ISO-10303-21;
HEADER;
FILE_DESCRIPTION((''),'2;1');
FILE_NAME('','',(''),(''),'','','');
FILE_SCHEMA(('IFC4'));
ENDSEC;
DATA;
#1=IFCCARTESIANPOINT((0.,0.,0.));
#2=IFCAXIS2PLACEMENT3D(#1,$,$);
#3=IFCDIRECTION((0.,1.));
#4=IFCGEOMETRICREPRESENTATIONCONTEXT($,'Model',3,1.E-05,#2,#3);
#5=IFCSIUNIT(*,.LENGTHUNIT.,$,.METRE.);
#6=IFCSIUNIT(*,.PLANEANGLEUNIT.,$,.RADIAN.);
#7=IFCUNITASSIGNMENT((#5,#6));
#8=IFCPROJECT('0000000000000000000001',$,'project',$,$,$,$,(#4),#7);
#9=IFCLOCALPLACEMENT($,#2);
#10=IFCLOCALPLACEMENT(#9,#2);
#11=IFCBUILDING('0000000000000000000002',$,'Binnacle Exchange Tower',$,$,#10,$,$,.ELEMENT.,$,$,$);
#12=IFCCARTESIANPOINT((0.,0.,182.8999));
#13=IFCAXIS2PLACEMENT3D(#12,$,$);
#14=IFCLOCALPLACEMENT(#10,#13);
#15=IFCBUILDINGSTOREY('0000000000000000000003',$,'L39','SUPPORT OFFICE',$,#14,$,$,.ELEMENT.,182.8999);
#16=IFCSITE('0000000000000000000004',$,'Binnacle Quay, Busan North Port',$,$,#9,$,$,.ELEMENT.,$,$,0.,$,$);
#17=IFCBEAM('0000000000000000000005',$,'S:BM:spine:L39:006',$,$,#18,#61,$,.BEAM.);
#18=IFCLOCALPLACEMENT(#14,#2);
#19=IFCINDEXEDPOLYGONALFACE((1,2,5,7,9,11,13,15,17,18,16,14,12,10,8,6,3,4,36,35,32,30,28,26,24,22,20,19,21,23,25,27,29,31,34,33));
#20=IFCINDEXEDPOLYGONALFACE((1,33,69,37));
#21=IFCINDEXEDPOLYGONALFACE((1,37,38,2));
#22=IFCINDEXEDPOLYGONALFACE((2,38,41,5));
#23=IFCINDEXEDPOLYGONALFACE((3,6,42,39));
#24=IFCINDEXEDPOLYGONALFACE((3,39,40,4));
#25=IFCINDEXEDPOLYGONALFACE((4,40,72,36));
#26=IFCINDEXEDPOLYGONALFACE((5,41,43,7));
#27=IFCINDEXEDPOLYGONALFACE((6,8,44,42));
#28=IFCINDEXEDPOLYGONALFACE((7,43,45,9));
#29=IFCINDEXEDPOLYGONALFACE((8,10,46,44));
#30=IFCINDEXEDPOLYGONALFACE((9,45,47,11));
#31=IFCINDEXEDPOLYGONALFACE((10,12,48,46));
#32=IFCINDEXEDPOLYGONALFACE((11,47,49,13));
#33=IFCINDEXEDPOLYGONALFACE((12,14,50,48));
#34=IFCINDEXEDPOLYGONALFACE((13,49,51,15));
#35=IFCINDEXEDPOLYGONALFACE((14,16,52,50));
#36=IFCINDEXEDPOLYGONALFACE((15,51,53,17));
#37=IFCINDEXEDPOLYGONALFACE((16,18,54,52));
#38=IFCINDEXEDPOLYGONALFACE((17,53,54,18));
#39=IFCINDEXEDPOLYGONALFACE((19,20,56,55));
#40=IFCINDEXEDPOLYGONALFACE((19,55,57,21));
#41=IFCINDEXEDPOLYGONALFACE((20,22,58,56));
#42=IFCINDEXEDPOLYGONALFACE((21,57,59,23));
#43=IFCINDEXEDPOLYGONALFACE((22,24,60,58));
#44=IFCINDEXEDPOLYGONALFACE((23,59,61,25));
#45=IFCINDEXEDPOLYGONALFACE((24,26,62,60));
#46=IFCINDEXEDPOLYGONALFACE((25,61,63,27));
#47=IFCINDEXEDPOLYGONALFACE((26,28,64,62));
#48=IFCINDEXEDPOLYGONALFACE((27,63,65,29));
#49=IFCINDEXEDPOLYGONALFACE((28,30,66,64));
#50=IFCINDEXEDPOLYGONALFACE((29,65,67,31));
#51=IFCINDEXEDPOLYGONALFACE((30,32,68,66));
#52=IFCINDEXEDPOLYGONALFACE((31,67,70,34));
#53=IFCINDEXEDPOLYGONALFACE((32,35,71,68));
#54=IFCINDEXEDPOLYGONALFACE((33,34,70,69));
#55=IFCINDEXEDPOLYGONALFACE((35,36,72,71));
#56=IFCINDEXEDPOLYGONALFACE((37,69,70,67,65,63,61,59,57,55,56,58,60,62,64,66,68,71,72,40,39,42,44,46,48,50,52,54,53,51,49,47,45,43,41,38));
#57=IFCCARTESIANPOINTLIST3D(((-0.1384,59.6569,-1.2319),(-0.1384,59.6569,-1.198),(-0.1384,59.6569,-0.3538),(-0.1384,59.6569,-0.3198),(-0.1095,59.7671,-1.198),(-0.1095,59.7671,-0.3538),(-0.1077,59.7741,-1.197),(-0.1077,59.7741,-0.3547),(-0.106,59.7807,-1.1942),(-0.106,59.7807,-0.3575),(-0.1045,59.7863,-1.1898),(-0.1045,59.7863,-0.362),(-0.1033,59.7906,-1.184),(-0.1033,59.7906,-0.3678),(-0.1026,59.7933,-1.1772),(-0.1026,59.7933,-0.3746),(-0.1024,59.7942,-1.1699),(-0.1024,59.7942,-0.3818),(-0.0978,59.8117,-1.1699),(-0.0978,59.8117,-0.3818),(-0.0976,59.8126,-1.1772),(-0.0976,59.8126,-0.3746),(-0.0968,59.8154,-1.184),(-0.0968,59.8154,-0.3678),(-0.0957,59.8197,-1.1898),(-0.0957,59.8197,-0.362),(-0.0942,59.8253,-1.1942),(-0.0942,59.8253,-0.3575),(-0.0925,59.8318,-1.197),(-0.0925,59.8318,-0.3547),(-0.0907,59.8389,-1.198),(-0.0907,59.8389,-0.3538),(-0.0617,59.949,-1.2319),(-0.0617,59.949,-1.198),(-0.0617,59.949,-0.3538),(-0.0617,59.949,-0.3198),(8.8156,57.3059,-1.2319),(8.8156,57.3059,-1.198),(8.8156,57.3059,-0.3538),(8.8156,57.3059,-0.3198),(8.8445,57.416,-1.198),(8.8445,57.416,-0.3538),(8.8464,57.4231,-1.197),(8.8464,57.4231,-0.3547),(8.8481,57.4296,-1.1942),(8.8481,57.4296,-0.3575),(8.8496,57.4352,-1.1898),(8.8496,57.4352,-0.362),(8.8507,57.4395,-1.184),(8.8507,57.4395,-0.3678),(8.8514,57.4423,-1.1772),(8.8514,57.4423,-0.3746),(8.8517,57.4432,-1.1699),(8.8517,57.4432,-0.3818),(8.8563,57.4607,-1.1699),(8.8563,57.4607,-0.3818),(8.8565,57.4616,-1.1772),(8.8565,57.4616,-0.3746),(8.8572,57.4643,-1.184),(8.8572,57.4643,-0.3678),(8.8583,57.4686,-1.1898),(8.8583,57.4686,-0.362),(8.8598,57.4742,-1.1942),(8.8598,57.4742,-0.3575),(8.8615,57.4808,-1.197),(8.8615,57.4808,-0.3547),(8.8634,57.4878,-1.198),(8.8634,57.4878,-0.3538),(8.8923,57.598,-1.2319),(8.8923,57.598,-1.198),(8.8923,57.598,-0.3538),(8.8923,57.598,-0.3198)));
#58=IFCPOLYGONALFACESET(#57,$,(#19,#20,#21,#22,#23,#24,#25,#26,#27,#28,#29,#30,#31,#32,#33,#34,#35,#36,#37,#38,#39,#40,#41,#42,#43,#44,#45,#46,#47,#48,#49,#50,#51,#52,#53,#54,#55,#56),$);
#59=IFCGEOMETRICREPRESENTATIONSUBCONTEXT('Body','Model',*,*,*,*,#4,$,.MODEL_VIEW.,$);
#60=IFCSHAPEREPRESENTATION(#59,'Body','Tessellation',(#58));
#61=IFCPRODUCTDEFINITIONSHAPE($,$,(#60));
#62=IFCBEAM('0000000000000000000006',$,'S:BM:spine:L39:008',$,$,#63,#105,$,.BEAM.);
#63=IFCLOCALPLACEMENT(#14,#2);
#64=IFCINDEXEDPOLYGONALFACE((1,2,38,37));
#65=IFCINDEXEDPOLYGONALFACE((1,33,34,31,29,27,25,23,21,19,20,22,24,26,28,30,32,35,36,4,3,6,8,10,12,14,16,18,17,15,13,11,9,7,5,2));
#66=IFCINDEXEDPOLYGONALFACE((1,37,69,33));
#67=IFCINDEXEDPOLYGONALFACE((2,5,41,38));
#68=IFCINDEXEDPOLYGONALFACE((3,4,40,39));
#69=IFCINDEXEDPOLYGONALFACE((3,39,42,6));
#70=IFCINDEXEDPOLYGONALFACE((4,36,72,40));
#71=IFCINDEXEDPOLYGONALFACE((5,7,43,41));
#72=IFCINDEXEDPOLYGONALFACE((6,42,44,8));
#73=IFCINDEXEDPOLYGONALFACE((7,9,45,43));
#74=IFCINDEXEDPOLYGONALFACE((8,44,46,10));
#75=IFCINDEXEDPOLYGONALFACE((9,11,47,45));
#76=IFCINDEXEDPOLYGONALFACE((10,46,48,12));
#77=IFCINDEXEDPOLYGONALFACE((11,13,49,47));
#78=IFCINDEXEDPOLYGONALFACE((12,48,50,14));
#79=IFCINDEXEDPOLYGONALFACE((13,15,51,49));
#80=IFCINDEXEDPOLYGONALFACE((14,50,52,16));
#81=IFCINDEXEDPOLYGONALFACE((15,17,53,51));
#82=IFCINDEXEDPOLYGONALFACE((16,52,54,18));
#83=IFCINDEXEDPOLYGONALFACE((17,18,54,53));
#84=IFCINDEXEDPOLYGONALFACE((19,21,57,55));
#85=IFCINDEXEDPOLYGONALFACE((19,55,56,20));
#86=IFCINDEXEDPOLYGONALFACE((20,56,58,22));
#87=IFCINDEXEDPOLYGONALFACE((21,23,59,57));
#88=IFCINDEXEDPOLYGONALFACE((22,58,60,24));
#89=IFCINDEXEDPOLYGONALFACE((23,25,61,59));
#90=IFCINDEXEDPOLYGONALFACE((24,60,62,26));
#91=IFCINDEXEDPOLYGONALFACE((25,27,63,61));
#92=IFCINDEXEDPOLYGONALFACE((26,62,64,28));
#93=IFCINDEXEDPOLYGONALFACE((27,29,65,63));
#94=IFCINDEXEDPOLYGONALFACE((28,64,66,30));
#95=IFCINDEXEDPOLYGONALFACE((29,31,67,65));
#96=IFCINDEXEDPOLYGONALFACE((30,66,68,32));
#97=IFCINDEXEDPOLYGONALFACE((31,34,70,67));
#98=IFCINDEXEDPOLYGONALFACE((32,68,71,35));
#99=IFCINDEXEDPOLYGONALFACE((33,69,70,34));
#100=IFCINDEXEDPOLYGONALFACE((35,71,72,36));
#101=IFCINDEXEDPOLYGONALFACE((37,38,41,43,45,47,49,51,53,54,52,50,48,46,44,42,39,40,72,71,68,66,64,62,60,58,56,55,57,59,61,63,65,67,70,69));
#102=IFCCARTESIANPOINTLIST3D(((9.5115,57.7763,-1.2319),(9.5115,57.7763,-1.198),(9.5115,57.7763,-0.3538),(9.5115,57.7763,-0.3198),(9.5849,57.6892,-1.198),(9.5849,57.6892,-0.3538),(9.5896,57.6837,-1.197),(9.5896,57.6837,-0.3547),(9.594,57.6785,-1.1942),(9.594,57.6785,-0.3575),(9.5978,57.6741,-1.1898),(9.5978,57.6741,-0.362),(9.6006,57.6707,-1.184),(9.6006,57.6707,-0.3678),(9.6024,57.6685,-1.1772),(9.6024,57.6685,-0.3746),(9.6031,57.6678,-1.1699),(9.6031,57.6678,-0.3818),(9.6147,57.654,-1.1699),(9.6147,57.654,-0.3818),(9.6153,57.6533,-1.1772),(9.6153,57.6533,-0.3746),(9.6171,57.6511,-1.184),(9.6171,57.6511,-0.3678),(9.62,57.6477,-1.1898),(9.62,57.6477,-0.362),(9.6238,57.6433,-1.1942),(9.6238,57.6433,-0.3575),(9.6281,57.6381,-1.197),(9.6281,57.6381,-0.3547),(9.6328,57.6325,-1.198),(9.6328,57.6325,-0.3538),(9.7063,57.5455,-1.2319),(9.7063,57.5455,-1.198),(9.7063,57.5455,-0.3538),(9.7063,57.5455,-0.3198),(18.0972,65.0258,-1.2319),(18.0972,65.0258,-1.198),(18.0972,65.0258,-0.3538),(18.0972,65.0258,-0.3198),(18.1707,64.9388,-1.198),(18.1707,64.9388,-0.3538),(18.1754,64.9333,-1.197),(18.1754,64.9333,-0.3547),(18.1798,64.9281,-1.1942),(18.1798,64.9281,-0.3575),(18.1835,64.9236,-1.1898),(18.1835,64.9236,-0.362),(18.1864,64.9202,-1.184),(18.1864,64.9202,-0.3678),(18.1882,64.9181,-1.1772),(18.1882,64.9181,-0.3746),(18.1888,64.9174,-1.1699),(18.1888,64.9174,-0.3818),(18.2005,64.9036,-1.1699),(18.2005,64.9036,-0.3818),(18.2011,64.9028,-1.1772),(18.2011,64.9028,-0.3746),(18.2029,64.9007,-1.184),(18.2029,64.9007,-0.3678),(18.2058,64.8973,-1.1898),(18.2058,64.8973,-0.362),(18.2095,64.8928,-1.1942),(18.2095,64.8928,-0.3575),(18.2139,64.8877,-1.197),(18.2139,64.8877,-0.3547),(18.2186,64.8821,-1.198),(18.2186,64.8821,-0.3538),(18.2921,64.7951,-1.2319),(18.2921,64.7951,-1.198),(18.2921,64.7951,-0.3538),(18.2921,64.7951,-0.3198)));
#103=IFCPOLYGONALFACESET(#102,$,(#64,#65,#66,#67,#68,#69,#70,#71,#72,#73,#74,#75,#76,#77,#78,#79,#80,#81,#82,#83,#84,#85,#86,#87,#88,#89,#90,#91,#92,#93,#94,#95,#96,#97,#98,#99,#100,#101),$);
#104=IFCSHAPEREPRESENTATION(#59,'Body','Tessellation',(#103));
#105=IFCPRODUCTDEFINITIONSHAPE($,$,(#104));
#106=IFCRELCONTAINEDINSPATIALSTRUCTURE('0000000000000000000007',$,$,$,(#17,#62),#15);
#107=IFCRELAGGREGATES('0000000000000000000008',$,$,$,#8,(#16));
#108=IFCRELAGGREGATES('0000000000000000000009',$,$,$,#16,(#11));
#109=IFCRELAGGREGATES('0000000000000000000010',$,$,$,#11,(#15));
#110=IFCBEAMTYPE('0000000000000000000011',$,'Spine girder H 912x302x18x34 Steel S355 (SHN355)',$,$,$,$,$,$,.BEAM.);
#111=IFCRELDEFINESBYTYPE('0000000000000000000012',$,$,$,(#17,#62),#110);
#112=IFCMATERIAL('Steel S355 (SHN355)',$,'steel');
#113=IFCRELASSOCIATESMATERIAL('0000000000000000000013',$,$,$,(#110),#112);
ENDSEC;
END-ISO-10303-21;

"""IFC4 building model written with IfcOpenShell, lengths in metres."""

from ifc_helpers import new_model, si_unit, direction, frame, origin, origin_2d, place, context, subcontext, project, spatial, i_section, extrude, material, material_profile, profile_set, type_object, element, save


model = new_model("IFC4")

# Units and contexts
model_context = context("Model", 3, precision=1e-05, world=origin(), true_north=direction((0.0, 1.0)))
body_context = subcontext(model_context, "Body", "Model", "MODEL_VIEW")
ifc_project = project(units=[si_unit("LENGTHUNIT", "METRE"), si_unit("PLANEANGLEUNIT", "RADIAN")], contexts=[model_context])

# Site, building, storey
site_placement = place(None, origin())
site = spatial("IfcSite", under=ifc_project, at=site_placement, Name="Binnacle Quay, Busan North Port", CompositionType="ELEMENT", RefElevation=0.0)
building_placement = place(site_placement, origin())
building = spatial("IfcBuilding", under=site, at=building_placement, Name="Binnacle Exchange Tower", CompositionType="ELEMENT")
storey_placement = place(building_placement, frame((0.0, 0.0, 182.8999)))
storey = spatial("IfcBuildingStorey", under=building, at=storey_placement, Name="L39", Description="SUPPORT OFFICE", CompositionType="ELEMENT", Elevation=182.8999)

# Beams
ifc_material_1 = material(Name="Steel S355 (SHN355)", Category="steel")
ifc_material_profile_1 = material_profile(ifc_material_1, i_section(OverallWidth=0.302, OverallDepth=0.9121, WebThickness=0.0181, FlangeThickness=0.0339, FilletRadius=0.0281, at=origin_2d()), Name="H 912x302x18x34")
ifc_profile_set_1 = profile_set([ifc_material_profile_1], Name="Steel S355 (SHN355)")
beam_type_1 = type_object("IfcBeamType", Name="Spine girder H 912x302x18x34 Steel S355 (SHN355)", PredefinedType="BEAM", material=ifc_profile_set_1)
beam_1_placement = place(storey_placement, frame((-0.1001, 59.803, -0.7759), z_axis=(0.967214, -0.253961, 0.0), x_axis=(0.253961, 0.967214, 0.0)))
element("IfcBeam", 1, at=beam_1_placement, inside=storey, type_object=beam_type_1, Name="S:BM:spine:L39:006", PredefinedType="BEAM", context=body_context, shape_type="SweptSolid", body=[
    extrude(i_section(OverallWidth=0.302, OverallDepth=0.9121, WebThickness=0.0181, FlangeThickness=0.0339, FilletRadius=0.0281, at=origin_2d()), origin(), (0.0, 0.0, 1.0), 9.2576),
])
beam_2_placement = place(storey_placement, frame((9.6089, 57.6609, -0.7759), z_axis=(0.764058, 0.645148, 0.0), x_axis=(-0.645148, 0.764058, 0.0)))
element("IfcBeam", 2, at=beam_2_placement, inside=storey, type_object=beam_type_1, Name="S:BM:spine:L39:008", PredefinedType="BEAM", context=body_context, shape_type="SweptSolid", body=[
    extrude(i_section(OverallWidth=0.302, OverallDepth=0.9121, WebThickness=0.0181, FlangeThickness=0.0339, FilletRadius=0.0281, at=origin_2d()), origin(), (0.0, 0.0, 1.0), 11.2371),
])

save(model, "model.ifc")
